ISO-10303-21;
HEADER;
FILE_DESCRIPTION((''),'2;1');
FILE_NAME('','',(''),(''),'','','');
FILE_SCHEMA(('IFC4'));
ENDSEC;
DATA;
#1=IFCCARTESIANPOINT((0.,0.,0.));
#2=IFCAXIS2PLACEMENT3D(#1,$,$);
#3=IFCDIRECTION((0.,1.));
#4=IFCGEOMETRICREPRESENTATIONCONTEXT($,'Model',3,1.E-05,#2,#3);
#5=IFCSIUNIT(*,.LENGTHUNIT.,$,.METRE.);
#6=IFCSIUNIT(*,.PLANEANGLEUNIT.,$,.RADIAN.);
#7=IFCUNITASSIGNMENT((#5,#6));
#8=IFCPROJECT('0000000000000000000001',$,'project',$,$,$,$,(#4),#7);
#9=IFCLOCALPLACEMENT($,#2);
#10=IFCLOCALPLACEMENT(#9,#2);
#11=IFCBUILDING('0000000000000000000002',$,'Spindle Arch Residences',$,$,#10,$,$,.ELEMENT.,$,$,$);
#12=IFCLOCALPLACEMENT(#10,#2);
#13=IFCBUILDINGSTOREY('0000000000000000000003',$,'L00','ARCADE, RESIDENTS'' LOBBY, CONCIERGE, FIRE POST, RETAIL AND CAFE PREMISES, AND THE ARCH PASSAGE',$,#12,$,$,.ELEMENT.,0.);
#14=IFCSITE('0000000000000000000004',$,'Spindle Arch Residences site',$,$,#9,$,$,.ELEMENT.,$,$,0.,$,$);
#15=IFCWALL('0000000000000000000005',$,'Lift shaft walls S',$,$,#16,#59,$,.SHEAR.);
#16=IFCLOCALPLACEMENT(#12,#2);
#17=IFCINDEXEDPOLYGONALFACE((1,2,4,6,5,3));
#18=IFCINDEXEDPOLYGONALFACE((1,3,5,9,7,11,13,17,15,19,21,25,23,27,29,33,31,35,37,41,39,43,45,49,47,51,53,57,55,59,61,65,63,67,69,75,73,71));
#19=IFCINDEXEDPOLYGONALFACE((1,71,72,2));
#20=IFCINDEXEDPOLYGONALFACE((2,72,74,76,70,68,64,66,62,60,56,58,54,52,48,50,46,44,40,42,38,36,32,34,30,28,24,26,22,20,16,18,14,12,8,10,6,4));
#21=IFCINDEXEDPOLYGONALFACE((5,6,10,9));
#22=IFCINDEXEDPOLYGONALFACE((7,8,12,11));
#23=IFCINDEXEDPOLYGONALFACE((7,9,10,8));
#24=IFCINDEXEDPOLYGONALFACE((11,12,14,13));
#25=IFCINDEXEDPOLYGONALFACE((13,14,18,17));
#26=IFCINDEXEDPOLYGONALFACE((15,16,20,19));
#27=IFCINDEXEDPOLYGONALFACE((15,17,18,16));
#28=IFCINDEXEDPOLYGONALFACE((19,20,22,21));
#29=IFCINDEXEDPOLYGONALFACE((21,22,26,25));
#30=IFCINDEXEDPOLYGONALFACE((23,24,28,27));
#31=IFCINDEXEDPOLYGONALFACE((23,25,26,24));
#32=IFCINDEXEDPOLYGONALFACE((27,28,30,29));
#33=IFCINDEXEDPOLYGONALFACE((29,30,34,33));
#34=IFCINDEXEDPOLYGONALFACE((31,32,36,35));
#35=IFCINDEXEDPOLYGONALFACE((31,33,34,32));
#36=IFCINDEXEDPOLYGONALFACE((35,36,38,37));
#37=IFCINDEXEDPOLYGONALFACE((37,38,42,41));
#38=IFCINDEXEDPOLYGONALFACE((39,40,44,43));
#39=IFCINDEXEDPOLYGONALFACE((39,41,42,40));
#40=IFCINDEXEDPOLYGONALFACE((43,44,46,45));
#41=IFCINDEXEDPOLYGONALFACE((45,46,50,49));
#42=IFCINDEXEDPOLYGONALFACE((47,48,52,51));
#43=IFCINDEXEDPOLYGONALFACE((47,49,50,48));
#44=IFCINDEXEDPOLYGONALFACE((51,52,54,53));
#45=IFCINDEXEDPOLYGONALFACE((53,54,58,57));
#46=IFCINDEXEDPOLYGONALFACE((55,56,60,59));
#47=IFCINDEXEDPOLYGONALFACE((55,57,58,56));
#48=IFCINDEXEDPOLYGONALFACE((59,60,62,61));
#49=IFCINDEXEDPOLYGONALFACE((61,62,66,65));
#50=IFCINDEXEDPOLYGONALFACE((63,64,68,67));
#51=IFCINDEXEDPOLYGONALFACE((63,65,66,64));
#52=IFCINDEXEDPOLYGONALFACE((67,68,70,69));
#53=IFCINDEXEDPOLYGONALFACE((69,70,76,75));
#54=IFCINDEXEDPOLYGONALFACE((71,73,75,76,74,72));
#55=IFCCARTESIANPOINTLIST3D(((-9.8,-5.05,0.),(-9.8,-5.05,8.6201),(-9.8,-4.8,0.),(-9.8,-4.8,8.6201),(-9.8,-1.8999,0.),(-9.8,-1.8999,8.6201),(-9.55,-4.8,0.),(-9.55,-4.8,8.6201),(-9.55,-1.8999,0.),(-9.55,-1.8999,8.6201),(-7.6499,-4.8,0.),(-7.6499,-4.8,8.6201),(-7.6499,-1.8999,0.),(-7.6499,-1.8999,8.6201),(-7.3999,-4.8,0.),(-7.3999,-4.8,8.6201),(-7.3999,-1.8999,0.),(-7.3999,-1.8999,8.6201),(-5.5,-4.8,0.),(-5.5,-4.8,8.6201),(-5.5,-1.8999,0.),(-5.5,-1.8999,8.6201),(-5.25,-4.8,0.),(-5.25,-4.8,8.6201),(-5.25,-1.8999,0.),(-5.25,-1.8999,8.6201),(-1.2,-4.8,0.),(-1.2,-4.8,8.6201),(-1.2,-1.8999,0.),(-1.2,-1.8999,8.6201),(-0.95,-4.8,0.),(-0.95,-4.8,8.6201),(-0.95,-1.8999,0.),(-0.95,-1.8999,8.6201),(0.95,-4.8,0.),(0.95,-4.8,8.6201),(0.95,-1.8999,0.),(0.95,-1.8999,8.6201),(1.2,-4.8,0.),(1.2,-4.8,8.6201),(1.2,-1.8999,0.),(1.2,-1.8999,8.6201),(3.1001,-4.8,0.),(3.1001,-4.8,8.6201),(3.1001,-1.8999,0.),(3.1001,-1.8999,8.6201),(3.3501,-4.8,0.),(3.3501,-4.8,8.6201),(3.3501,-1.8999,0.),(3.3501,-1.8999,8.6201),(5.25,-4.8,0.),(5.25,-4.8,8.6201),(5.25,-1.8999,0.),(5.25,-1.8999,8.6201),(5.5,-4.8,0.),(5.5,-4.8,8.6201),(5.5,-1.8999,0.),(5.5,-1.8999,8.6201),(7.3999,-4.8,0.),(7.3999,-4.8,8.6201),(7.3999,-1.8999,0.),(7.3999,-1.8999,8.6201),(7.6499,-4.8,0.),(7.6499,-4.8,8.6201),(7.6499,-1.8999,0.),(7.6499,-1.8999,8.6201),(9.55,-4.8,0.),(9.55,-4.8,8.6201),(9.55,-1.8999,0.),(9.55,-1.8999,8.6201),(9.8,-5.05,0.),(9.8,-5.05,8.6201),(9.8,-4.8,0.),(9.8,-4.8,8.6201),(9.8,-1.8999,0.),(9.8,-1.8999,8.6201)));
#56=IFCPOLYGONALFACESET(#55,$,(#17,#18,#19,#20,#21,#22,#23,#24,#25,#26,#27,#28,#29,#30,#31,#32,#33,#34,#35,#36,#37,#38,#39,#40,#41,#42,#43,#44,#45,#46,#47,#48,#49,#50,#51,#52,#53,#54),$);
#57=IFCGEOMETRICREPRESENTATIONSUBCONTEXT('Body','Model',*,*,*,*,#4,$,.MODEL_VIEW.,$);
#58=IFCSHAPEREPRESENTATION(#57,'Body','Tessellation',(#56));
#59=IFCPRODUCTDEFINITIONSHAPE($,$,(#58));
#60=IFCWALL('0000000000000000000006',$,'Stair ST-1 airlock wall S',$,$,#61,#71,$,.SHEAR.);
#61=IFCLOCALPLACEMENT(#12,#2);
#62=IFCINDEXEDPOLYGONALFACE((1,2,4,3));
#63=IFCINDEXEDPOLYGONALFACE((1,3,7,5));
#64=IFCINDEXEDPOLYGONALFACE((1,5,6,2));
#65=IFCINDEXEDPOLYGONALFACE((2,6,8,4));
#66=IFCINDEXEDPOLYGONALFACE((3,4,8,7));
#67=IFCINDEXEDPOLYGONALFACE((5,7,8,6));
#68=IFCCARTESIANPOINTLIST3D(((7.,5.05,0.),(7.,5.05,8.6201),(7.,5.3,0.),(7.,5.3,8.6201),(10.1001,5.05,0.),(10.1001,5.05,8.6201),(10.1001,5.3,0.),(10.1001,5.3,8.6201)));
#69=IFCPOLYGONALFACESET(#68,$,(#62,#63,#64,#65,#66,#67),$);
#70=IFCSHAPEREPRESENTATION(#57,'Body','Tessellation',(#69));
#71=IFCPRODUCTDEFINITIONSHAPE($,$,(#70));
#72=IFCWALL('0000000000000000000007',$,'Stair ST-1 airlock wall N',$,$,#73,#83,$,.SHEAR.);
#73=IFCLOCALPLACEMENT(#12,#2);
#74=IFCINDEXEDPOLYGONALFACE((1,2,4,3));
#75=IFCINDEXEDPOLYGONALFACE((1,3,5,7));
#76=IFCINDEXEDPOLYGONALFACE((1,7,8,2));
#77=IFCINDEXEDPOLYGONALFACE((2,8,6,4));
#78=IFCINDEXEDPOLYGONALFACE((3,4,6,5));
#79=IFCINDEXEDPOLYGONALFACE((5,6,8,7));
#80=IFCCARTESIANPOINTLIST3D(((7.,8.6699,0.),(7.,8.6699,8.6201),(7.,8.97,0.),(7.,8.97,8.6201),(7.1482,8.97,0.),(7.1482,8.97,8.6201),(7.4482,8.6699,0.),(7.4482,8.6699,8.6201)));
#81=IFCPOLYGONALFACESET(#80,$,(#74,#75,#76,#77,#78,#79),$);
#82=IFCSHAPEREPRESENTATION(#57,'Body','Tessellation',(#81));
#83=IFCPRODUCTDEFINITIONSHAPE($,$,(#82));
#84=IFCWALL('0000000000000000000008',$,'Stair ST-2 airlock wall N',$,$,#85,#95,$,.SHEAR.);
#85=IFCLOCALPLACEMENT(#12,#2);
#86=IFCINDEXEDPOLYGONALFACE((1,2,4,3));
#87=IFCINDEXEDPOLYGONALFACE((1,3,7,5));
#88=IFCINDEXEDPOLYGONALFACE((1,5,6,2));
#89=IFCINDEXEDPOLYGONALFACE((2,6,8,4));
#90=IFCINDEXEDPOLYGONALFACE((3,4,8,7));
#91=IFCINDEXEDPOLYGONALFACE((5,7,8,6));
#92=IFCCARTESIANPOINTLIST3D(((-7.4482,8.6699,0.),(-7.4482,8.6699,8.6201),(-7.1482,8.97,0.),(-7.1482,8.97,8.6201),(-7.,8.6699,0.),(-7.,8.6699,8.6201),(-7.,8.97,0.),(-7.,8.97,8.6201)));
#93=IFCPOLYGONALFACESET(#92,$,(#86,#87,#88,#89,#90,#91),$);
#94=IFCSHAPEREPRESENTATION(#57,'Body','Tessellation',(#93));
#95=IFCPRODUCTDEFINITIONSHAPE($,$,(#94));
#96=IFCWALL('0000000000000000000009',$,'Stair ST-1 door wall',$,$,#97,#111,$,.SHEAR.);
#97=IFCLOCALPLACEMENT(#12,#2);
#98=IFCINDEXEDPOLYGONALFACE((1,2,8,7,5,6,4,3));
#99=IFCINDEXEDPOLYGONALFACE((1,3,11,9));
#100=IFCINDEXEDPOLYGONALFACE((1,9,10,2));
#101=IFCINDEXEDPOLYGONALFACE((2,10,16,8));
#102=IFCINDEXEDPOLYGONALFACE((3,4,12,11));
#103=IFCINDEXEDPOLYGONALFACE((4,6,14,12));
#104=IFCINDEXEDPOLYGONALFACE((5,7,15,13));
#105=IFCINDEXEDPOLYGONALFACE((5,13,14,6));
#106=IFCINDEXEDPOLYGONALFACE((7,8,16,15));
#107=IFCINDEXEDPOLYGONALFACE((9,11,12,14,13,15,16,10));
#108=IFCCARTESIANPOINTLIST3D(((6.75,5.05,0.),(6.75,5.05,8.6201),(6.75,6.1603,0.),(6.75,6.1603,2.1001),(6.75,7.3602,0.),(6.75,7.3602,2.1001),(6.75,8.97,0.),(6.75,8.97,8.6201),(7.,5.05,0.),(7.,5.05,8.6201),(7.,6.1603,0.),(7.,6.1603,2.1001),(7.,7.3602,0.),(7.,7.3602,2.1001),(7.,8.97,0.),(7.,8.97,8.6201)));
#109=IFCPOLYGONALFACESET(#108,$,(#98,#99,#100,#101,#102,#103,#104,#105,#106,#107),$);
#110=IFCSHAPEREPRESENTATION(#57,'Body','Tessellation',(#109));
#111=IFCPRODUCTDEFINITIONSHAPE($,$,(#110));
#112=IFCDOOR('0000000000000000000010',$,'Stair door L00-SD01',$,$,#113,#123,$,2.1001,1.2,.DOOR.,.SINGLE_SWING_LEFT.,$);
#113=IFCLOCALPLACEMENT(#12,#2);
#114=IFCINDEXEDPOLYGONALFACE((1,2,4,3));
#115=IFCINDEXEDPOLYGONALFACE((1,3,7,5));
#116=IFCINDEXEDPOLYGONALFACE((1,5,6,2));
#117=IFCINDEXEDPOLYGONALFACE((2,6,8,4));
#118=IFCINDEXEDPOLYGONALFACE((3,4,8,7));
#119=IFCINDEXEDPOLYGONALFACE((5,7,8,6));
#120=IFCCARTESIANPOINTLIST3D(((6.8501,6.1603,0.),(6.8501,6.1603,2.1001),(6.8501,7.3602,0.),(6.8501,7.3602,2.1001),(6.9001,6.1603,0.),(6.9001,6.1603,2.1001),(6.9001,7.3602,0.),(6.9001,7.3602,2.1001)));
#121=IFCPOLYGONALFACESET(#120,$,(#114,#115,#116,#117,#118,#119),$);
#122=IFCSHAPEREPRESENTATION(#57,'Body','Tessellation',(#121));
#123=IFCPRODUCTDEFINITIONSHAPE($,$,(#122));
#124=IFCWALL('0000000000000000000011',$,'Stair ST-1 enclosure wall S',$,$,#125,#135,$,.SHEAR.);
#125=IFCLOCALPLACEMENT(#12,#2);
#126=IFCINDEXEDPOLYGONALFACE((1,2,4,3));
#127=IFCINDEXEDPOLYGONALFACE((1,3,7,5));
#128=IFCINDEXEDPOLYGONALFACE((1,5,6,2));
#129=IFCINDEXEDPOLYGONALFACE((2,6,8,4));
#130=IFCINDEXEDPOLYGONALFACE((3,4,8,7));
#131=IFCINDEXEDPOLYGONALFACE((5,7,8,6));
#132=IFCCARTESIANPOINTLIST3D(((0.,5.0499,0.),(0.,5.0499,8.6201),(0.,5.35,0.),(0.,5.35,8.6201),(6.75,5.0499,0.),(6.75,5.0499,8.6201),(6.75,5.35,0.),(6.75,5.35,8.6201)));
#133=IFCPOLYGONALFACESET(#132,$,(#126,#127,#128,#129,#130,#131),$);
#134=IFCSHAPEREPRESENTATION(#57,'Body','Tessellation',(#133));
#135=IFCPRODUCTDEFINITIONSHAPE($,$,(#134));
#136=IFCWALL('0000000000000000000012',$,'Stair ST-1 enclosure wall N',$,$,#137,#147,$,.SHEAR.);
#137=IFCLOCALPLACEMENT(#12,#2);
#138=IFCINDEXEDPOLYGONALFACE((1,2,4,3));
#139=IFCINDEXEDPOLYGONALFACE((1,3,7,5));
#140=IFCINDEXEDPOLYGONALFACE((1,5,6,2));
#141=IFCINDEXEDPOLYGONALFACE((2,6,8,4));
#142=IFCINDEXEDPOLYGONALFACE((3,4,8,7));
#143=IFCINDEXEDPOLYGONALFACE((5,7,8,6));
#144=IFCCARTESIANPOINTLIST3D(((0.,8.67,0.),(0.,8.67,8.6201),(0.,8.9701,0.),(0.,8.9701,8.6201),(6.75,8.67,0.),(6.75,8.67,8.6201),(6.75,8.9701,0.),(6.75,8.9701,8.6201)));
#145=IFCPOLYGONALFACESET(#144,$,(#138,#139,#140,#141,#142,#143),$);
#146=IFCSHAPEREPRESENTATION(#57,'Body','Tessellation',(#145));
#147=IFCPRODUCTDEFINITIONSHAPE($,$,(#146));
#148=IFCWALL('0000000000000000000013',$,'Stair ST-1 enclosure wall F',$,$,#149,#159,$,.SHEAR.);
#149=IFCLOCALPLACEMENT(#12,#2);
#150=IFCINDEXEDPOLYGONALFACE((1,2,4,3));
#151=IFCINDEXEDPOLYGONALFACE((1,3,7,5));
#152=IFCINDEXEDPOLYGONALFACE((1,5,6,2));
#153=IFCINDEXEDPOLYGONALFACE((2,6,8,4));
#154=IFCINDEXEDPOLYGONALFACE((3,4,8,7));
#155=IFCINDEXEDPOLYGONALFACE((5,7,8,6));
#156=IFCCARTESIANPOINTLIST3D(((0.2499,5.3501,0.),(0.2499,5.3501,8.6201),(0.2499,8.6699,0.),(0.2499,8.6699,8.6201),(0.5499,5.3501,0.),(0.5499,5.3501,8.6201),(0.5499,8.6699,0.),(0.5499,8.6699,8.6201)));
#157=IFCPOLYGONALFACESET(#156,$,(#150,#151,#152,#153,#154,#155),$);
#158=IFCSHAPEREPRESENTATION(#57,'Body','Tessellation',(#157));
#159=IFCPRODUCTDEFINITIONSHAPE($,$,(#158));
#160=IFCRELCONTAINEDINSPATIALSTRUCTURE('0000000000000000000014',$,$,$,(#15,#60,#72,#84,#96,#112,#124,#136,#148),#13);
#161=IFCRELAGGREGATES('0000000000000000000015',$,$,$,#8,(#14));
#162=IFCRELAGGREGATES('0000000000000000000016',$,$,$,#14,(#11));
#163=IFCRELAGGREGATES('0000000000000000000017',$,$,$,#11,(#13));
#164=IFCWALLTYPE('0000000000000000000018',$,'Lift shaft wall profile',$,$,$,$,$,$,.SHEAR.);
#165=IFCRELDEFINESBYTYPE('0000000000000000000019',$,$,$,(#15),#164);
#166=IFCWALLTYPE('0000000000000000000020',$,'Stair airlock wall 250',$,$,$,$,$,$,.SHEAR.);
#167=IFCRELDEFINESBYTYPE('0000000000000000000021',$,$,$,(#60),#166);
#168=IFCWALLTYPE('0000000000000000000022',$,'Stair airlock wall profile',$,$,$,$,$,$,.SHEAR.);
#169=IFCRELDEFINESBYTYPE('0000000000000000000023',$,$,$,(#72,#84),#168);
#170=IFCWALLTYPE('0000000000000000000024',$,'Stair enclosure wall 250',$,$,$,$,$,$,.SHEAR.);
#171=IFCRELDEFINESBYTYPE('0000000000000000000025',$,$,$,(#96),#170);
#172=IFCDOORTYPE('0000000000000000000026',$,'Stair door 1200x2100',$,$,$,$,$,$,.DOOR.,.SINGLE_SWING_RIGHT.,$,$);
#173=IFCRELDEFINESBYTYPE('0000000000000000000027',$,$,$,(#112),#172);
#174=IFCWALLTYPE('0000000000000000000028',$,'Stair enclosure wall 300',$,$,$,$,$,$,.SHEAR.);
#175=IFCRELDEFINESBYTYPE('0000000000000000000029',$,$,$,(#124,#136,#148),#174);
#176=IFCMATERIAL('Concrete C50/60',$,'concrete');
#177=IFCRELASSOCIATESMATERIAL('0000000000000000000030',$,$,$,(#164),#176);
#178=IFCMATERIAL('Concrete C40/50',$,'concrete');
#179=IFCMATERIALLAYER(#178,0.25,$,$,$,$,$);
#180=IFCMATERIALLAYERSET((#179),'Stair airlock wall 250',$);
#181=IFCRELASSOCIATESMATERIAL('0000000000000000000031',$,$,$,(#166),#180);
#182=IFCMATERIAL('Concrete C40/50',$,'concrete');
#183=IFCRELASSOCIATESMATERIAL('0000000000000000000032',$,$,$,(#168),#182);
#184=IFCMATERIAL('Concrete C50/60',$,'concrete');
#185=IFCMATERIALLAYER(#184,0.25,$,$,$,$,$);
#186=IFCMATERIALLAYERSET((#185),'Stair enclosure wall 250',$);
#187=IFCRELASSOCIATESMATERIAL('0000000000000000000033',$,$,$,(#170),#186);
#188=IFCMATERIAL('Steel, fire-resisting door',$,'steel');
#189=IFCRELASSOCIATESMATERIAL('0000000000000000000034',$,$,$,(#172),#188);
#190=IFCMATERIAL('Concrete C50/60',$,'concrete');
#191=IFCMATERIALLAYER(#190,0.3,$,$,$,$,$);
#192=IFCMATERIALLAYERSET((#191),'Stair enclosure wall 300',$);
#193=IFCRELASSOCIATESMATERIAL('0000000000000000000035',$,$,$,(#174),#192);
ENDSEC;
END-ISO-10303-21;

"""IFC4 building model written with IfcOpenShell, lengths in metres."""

from ifc_helpers import new_model, si_unit, direction, frame, frame_2d, origin, place, context, subcontext, project, spatial, polyline, rectangle, outline, extrude, material, layer, layer_set, type_object, element, fill, save


model = new_model("IFC4")

# Units and contexts
model_context = context("Model", 3, precision=1e-05, world=origin(), true_north=direction((0.0, 1.0)))
body_context = subcontext(model_context, "Body", "Model", "MODEL_VIEW")
ifc_project = project(units=[si_unit("LENGTHUNIT", "METRE"), si_unit("PLANEANGLEUNIT", "RADIAN")], contexts=[model_context])

# Site, building, storey
site_placement = place(None, origin())
site = spatial("IfcSite", under=ifc_project, at=site_placement, Name="Spindle Arch Residences site", CompositionType="ELEMENT", RefElevation=0.0)
building_placement = place(site_placement, origin())
building = spatial("IfcBuilding", under=site, at=building_placement, Name="Spindle Arch Residences", CompositionType="ELEMENT")
storey_placement = place(building_placement, origin())
storey = spatial("IfcBuildingStorey", under=building, at=storey_placement, Name="L00", Description="ARCADE, RESIDENTS' LOBBY, CONCIERGE, FIRE POST, RETAIL AND CAFE PREMISES, AND THE ARCH PASSAGE", CompositionType="ELEMENT", Elevation=0.0)

# Walls
ifc_material_1 = material(Name="Concrete C50/60", Category="concrete")
wall_type_1 = type_object("IfcWallType", Name="Lift shaft wall profile", PredefinedType="SHEAR", material=ifc_material_1)
wall_1_placement = place(storey_placement, origin())
element("IfcWall", 1, at=wall_1_placement, inside=storey, type_object=wall_type_1, Name="Lift shaft walls S", PredefinedType="SHEAR", context=body_context, shape_type="SweptSolid", body=[
    extrude(outline(polyline([(9.8, -5.05), (9.8, -4.8), (9.8, -1.8999), (9.55, -1.8999), (9.55, -4.8), (7.6499, -4.8), (7.6499, -1.8999), (7.3999, -1.8999), (7.3999, -4.8), (5.5, -4.8), (5.5, -1.8999), (5.25, -1.8999), (5.25, -4.8), (3.3501, -4.8), (3.3501, -1.8999), (3.1001, -1.8999), (3.1001, -4.8), (1.2, -4.8), (1.2, -1.8999), (0.95, -1.8999), (0.95, -4.8), (-0.95, -4.8), (-0.95, -1.8999), (-1.2, -1.8999), (-1.2, -4.8), (-5.25, -4.8), (-5.25, -1.8999), (-5.5, -1.8999), (-5.5, -4.8), (-7.3999, -4.8), (-7.3999, -1.8999), (-7.6499, -1.8999), (-7.6499, -4.8), (-9.55, -4.8), (-9.55, -1.8999), (-9.8, -1.8999), (-9.8, -4.8), (-9.8, -5.05), (9.8, -5.05)])), origin(), (0.0, 0.0, 1.0), 8.6201),
])
ifc_material_2 = material(Name="Concrete C40/50", Category="concrete")
ifc_layer_1 = layer(ifc_material_2, 0.25)
ifc_layer_set_1 = layer_set([ifc_layer_1], Name="Stair airlock wall 250")
wall_type_2 = type_object("IfcWallType", Name="Stair airlock wall 250", PredefinedType="SHEAR", material=ifc_layer_set_1)
wall_2_placement = place(storey_placement, frame((7.0, 5.175, 0.0), z_axis=(0.0, 0.0, 1.0), x_axis=(1.0, 0.0, 0.0)))
element("IfcWall", 2, at=wall_2_placement, inside=storey, type_object=wall_type_2, Name="Stair ST-1 airlock wall S", PredefinedType="SHEAR", context=body_context, shape_type="SweptSolid", body=[
    extrude(rectangle(XDim=3.1001, YDim=0.25, at=frame_2d((1.55, 0.0))), origin(), (0.0, 0.0, 1.0), 8.6201),
])
ifc_material_3 = material(Name="Concrete C40/50", Category="concrete")
wall_type_3 = type_object("IfcWallType", Name="Stair airlock wall profile", PredefinedType="SHEAR", material=ifc_material_3)
wall_3_placement = place(storey_placement, origin())
element("IfcWall", 3, at=wall_3_placement, inside=storey, type_object=wall_type_3, Name="Stair ST-1 airlock wall N", PredefinedType="SHEAR", context=body_context, shape_type="SweptSolid", body=[
    extrude(outline(polyline([(7.4482, 8.6699), (7.0, 8.6699), (7.0, 8.97), (7.1482, 8.97), (7.4482, 8.6699)])), origin(), (0.0, 0.0, 1.0), 8.6201),
])
wall_4_placement = place(storey_placement, origin())
element("IfcWall", 4, at=wall_4_placement, inside=storey, type_object=wall_type_3, Name="Stair ST-2 airlock wall N", PredefinedType="SHEAR", context=body_context, shape_type="SweptSolid", body=[
    extrude(outline(polyline([(-7.1482, 8.97), (-7.0, 8.97), (-7.0, 8.6699), (-7.4482, 8.6699), (-7.1482, 8.97)])), origin(), (0.0, 0.0, 1.0), 8.6201),
])

# Wall, opening, door
ifc_material_4 = material(Name="Concrete C50/60", Category="concrete")
ifc_layer_2 = layer(ifc_material_4, 0.25)
ifc_layer_set_2 = layer_set([ifc_layer_2], Name="Stair enclosure wall 250")
wall_type_4 = type_object("IfcWallType", Name="Stair enclosure wall 250", PredefinedType="SHEAR", material=ifc_layer_set_2)
wall_5_placement = place(storey_placement, frame((6.875, 5.05, 0.0), z_axis=(0.0, 0.0, 1.0), x_axis=(0.0, 1.0, 0.0)))
wall_5 = element("IfcWall", 5, at=wall_5_placement, inside=storey, type_object=wall_type_4, Name="Stair ST-1 door wall", PredefinedType="SHEAR", context=body_context, shape_type="SweptSolid", body=[
    extrude(rectangle(XDim=3.9199, YDim=0.25, at=frame_2d((1.96, 0.0))), origin(), (0.0, 0.0, 1.0), 8.6201),
])
opening_1_placement = place(wall_5_placement, frame((1.1101, 0.0, 0.0)))
opening_1 = element("IfcOpeningElement", 6, at=opening_1_placement, cuts=wall_5, PredefinedType="OPENING", context=body_context, shape_type="SweptSolid", body=[
    extrude(rectangle(XDim=1.2, YDim=2.1001, at=frame_2d((0.6001, 1.05))), frame((0.0, 0.135, 0.0), z_axis=(0.0, -1.0, 0.0), x_axis=(1.0, 0.0, 0.0)), (0.0, 0.0, 1.0), 0.27),
])
ifc_material_5 = material(Name="Steel, fire-resisting door", Category="steel")
door_type_1 = type_object("IfcDoorType", Name="Stair door 1200x2100", OperationType="SINGLE_SWING_RIGHT", PredefinedType="DOOR", material=ifc_material_5)
door_1_placement = place(opening_1_placement, origin())
door_1 = element("IfcDoor", 7, at=door_1_placement, inside=storey, type_object=door_type_1, Name="Stair door L00-SD01", OperationType="SINGLE_SWING_LEFT", OverallHeight=2.1001, OverallWidth=1.2, PredefinedType="DOOR", context=body_context, shape_type="SweptSolid", body=[
    extrude(rectangle(XDim=1.2, YDim=2.1001, at=frame_2d((0.6001, 1.05))), frame((0.0, 0.0249, 0.0), z_axis=(0.0, -1.0, 0.0), x_axis=(1.0, 0.0, 0.0)), (0.0, 0.0, 1.0), 0.05),
])
fill(opening_1, door_1)

# Walls
ifc_material_6 = material(Name="Concrete C50/60", Category="concrete")
ifc_layer_3 = layer(ifc_material_6, 0.3)
ifc_layer_set_3 = layer_set([ifc_layer_3], Name="Stair enclosure wall 300")
wall_type_5 = type_object("IfcWallType", Name="Stair enclosure wall 300", PredefinedType="SHEAR", material=ifc_layer_set_3)
for number, where, z_axis, x_axis, name in (
    (8, (0.0, 5.2, 0.0), (0.0, 0.0, 1.0), (1.0, 0.0, 0.0), "Stair ST-1 enclosure wall S"),
    (9, (0.0, 8.8201, 0.0), (0.0, 0.0, 1.0), (1.0, 0.0, 0.0), "Stair ST-1 enclosure wall N"),
):
    element("IfcWall", number, at=place(storey_placement, frame(where, z_axis=z_axis, x_axis=x_axis)), inside=storey, type_object=wall_type_5, Name=name, PredefinedType="SHEAR", context=body_context, shape_type="SweptSolid", body=[
        extrude(rectangle(XDim=6.75, YDim=0.3, at=frame_2d((3.375, 0.0))), origin(), (0.0, 0.0, 1.0), 8.6201),
    ])
wall_6_placement = place(storey_placement, frame((0.3999, 5.3501, 0.0), z_axis=(0.0, 0.0, 1.0), x_axis=(0.0, 1.0, 0.0)))
element("IfcWall", 10, at=wall_6_placement, inside=storey, type_object=wall_type_5, Name="Stair ST-1 enclosure wall F", PredefinedType="SHEAR", context=body_context, shape_type="SweptSolid", body=[
    extrude(rectangle(XDim=3.3198, YDim=0.3, at=frame_2d((1.6599, 0.0))), origin(), (0.0, 0.0, 1.0), 8.6201),
])

save(model, "model.ifc")
